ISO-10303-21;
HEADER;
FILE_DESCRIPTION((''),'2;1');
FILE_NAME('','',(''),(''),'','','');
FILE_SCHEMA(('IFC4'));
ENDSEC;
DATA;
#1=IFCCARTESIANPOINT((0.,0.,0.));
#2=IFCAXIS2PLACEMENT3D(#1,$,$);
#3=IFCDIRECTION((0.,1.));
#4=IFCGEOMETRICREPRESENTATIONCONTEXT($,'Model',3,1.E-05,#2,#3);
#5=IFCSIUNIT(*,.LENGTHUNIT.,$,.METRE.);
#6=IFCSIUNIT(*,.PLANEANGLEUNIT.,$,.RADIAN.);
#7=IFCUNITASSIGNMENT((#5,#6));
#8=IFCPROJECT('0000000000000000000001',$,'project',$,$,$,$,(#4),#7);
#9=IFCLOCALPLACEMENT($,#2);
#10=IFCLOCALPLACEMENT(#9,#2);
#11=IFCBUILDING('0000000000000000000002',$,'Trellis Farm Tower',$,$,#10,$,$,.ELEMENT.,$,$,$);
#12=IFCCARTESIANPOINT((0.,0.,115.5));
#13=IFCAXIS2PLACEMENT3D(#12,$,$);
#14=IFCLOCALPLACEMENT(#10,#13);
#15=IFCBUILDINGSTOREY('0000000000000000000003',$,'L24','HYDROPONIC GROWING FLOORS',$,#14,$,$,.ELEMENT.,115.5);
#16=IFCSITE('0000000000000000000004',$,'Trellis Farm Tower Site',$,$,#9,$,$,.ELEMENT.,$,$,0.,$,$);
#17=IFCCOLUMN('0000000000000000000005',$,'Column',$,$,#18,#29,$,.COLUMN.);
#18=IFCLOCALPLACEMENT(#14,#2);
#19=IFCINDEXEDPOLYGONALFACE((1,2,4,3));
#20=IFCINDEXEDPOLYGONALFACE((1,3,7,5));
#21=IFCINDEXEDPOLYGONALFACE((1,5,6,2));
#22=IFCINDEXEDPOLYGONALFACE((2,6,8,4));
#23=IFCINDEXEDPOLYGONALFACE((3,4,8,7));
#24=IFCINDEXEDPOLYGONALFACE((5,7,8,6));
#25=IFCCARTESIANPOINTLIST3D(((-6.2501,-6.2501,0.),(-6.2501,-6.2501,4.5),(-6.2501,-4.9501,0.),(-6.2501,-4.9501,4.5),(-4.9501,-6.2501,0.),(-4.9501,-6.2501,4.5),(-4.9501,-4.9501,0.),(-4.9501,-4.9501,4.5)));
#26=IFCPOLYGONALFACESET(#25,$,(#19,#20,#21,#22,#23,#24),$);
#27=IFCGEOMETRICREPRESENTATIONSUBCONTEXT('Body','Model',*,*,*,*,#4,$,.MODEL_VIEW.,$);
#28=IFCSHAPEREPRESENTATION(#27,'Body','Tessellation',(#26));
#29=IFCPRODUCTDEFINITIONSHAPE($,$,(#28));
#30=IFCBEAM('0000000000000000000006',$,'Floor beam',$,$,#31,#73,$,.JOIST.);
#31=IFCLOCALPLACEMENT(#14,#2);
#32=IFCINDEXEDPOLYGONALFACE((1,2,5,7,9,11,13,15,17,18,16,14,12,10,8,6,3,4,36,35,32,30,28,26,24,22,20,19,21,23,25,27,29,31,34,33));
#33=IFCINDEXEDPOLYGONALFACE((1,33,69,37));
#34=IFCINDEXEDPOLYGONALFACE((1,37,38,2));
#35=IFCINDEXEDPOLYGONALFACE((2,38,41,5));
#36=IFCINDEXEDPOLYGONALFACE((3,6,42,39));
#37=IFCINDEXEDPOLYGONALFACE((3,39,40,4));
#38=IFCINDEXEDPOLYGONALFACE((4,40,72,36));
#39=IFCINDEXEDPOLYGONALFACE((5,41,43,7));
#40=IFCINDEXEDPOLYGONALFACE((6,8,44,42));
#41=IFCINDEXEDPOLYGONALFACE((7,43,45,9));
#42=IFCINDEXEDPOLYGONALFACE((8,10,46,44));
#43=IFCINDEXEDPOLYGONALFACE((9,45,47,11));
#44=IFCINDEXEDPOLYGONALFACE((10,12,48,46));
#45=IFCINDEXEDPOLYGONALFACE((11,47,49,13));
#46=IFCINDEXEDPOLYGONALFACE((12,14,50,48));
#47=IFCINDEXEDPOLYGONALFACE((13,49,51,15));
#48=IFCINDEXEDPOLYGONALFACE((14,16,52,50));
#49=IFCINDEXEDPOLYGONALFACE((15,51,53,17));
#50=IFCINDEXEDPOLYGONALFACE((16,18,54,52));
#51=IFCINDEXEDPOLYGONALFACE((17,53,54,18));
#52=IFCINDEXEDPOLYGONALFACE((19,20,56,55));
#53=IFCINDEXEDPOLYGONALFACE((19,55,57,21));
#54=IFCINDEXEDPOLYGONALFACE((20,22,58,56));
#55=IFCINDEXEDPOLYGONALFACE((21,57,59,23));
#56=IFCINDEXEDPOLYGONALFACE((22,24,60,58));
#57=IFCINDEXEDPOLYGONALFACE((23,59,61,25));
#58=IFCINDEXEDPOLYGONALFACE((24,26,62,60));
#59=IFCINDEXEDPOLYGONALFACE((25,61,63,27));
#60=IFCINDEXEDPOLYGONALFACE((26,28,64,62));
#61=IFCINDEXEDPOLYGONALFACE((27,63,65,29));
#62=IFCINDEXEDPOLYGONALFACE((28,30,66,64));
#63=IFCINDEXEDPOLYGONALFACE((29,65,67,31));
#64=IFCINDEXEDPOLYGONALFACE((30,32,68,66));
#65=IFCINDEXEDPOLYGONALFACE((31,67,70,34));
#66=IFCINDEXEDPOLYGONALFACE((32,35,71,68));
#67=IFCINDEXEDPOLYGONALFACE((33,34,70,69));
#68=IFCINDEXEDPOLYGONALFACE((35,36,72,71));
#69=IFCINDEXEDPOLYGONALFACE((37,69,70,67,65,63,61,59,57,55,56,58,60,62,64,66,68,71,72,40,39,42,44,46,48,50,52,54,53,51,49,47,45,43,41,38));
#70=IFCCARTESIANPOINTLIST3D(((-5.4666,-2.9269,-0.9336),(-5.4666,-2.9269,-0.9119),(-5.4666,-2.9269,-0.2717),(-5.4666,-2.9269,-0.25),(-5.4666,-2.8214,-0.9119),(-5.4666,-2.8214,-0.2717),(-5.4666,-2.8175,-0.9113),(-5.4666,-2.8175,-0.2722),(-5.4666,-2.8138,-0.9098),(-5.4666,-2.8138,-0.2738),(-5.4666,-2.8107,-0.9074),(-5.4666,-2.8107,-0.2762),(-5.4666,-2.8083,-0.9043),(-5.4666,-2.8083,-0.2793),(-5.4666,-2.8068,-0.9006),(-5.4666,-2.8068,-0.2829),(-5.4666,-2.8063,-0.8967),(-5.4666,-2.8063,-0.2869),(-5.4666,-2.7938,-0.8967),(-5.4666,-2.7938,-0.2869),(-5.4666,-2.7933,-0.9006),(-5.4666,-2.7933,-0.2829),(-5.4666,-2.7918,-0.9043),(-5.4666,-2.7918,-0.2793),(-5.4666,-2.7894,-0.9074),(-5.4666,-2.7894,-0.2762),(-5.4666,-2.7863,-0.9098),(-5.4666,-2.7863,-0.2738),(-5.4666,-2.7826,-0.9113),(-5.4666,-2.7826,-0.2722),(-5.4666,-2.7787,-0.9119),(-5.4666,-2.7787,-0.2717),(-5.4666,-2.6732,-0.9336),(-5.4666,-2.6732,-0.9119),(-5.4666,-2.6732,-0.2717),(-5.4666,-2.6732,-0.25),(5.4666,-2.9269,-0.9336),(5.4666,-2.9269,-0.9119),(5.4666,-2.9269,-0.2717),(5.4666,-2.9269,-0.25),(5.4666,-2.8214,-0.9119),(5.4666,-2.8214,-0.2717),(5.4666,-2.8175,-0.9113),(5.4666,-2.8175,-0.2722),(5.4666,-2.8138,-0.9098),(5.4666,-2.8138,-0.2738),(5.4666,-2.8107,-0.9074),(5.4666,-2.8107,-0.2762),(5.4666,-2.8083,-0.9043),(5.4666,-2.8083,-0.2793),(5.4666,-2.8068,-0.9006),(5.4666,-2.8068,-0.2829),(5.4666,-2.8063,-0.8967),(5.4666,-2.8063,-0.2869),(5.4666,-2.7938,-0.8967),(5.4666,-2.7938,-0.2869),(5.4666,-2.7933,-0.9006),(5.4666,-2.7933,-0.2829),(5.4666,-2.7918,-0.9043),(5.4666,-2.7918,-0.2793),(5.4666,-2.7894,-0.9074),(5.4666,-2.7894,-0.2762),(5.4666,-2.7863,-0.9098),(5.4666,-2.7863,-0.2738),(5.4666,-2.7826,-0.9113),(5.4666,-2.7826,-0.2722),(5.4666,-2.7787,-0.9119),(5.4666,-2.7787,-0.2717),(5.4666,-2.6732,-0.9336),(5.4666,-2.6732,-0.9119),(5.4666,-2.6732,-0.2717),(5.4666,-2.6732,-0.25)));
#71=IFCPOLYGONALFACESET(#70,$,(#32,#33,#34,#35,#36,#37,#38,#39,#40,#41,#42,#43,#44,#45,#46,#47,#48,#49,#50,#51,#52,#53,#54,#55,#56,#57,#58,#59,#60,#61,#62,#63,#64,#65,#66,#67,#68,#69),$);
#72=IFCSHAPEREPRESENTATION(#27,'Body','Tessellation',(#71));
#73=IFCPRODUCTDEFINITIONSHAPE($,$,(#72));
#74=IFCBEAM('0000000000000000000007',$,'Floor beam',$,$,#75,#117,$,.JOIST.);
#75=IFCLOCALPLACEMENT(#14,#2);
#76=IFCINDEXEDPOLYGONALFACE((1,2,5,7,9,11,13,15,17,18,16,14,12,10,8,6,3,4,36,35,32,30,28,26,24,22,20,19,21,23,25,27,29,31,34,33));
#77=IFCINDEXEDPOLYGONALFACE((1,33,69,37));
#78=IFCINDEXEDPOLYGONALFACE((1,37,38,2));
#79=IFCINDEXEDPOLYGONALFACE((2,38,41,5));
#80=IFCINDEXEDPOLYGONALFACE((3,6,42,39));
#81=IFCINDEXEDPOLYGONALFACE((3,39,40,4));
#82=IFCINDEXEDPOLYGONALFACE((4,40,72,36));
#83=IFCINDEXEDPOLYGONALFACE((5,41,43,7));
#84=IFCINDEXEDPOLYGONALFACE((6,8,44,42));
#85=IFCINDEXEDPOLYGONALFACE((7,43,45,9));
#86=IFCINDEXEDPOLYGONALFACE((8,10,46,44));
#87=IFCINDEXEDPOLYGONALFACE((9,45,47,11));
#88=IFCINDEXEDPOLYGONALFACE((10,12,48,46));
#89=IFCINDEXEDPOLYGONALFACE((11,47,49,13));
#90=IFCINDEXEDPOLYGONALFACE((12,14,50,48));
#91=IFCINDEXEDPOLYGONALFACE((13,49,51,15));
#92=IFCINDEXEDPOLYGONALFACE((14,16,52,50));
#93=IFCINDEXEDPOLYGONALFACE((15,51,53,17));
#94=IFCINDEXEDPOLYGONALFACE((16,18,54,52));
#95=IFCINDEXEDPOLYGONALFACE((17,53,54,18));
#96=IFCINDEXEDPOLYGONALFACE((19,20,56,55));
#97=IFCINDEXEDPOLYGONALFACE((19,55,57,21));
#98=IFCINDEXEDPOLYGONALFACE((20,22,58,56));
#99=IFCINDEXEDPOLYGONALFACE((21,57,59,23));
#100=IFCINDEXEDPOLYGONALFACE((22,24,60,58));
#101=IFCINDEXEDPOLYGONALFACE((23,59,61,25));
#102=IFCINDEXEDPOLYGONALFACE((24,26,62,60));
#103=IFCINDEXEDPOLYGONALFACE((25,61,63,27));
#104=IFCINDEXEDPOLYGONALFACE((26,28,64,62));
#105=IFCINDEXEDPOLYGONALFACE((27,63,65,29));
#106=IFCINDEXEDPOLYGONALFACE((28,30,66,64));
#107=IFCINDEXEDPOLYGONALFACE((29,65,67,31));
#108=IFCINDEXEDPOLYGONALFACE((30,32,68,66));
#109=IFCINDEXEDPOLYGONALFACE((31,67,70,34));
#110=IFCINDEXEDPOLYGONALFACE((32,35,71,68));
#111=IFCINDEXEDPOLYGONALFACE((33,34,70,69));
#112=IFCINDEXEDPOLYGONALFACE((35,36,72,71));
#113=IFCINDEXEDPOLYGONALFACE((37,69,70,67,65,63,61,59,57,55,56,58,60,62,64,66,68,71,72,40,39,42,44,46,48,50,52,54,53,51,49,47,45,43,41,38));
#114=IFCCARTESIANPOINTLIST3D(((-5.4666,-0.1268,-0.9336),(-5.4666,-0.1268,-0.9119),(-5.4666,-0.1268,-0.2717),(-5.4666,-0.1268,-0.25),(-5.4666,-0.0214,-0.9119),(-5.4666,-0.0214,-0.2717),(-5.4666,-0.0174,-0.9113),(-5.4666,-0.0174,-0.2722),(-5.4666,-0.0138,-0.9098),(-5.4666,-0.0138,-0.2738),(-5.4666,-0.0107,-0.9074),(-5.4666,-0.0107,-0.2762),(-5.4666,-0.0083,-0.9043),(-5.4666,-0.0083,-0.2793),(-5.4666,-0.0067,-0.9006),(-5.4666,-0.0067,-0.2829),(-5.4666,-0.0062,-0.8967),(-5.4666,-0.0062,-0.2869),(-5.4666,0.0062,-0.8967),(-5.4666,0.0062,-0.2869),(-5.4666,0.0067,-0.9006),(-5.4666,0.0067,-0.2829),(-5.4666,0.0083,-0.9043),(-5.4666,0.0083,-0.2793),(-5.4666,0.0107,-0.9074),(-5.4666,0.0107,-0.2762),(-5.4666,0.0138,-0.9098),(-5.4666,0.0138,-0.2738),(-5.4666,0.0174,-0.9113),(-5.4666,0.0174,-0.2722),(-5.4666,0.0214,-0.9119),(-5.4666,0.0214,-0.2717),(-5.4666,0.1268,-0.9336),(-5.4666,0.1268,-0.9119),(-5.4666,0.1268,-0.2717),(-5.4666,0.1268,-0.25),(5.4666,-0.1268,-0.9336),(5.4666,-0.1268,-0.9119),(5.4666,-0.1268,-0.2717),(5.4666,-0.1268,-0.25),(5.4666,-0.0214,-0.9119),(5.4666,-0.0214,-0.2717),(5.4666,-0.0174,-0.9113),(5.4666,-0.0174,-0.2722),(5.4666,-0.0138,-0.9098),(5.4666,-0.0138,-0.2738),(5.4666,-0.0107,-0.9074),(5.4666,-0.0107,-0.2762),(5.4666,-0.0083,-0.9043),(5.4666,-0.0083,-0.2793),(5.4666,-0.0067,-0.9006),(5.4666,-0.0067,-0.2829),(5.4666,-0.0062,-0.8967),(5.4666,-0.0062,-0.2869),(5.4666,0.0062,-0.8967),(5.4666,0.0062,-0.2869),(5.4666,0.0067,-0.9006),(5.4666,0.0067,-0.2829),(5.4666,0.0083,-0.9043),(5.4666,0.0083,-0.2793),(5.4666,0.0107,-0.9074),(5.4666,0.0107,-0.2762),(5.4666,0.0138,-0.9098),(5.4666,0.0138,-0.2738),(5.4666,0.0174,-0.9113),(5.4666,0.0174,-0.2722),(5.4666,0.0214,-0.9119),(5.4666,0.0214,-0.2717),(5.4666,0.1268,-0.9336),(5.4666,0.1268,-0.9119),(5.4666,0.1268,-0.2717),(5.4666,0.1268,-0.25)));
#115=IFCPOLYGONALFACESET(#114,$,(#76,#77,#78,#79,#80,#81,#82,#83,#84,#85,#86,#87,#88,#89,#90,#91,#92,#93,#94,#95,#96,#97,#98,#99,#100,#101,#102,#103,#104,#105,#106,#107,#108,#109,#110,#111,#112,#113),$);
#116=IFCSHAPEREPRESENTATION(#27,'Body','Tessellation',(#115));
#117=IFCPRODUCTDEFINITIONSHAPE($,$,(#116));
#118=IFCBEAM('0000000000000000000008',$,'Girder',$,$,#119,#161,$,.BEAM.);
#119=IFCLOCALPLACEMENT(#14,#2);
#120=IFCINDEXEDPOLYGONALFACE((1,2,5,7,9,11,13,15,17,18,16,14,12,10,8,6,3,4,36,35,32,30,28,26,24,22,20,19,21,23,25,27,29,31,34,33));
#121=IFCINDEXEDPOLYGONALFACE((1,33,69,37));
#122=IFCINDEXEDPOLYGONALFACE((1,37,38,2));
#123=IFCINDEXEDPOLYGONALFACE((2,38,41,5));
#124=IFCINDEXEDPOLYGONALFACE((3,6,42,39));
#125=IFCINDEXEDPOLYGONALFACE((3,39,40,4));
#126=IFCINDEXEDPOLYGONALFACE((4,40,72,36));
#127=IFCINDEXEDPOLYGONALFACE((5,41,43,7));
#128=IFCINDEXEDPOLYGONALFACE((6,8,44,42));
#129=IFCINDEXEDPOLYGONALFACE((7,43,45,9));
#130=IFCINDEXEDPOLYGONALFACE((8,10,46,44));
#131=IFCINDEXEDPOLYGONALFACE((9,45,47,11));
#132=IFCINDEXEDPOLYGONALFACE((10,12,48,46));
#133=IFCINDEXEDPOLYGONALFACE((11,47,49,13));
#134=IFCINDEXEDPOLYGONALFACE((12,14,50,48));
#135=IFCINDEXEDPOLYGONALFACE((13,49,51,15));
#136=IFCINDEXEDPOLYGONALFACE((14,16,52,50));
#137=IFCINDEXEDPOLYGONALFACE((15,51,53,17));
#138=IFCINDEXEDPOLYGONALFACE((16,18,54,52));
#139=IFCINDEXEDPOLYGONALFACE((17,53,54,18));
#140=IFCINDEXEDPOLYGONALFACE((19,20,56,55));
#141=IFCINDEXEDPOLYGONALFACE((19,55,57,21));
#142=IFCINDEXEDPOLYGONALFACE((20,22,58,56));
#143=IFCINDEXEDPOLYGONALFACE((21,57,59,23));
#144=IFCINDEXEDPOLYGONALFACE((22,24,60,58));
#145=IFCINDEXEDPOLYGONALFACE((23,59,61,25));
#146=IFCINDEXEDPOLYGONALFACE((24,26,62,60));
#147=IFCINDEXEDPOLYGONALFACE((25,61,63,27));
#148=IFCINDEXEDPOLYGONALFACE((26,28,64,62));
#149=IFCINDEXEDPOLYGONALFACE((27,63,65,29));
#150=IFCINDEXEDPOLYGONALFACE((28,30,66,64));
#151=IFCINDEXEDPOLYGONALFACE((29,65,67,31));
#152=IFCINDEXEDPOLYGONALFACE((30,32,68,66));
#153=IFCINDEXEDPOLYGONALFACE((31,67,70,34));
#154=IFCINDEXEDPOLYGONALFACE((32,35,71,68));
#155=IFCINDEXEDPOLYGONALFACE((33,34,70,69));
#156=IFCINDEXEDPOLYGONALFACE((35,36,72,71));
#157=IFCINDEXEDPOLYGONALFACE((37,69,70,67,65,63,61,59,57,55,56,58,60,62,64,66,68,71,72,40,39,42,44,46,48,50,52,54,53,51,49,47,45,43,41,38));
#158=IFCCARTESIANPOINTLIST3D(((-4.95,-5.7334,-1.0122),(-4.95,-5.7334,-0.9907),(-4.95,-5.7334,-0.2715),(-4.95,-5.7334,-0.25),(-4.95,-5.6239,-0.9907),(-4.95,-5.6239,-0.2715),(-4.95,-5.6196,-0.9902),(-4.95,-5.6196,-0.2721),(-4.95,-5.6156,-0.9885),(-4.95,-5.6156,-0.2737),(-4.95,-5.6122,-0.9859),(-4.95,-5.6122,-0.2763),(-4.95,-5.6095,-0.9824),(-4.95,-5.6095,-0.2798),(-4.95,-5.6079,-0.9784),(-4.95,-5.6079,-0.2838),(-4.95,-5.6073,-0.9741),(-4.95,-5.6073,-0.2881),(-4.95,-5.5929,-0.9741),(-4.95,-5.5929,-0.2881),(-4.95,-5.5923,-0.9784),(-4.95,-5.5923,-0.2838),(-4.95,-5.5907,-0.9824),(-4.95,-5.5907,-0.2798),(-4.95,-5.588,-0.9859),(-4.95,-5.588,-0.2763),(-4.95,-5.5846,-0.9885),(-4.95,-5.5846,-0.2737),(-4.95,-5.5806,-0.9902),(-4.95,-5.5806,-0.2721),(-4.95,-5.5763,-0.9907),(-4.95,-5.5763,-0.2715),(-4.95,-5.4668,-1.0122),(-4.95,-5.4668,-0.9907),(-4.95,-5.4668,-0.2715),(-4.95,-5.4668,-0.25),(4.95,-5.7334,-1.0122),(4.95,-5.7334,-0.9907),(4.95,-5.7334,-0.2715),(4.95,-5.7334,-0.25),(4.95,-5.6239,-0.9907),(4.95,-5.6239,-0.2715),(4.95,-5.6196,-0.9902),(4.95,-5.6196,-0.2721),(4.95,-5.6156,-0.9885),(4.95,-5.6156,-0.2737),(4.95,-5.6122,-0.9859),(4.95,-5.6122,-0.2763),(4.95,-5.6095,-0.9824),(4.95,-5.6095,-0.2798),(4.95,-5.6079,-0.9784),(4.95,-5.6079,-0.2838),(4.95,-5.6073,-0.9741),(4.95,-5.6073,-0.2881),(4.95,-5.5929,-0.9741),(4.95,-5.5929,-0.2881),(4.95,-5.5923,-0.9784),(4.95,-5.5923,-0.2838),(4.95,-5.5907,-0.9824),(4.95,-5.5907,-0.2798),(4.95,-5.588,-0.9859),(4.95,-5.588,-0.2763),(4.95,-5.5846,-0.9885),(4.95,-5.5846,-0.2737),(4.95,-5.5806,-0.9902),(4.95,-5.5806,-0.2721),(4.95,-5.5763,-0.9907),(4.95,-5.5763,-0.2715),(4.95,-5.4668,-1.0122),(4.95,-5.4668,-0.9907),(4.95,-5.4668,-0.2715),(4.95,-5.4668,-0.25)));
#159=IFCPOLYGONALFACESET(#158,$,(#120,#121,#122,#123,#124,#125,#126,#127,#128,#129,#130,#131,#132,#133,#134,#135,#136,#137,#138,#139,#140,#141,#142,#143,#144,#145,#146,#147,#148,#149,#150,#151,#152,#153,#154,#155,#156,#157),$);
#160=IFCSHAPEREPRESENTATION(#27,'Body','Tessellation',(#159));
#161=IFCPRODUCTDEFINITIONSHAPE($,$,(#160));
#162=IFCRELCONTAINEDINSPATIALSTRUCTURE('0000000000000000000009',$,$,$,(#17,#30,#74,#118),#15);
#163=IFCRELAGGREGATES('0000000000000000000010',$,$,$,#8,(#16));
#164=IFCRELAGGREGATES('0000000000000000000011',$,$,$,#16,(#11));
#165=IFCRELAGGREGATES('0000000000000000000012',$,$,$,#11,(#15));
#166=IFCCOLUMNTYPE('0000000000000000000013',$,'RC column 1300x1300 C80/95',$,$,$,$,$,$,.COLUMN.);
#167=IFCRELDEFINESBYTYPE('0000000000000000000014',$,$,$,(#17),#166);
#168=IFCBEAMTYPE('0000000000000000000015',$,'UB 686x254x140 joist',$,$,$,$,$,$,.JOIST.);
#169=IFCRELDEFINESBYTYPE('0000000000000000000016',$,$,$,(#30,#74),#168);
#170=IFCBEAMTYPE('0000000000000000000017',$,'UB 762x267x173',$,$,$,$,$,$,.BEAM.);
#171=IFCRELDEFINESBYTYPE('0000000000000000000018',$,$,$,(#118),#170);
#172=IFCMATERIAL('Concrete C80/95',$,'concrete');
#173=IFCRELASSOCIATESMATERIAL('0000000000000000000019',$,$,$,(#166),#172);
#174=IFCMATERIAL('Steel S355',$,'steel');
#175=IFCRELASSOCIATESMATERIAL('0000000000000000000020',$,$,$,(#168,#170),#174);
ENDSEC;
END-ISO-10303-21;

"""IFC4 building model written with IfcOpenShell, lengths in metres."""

from ifc_helpers import new_model, si_unit, direction, frame, origin, origin_2d, place, context, subcontext, project, spatial, rectangle, i_section, extrude, source, transform, mapped, material, material_profile, profile_set, type_object, element, save


model = new_model("IFC4")

# Units and contexts
model_context = context("Model", 3, precision=1e-05, world=origin(), true_north=direction((0.0, 1.0)))
body_context = subcontext(model_context, "Body", "Model", "MODEL_VIEW")
ifc_project = project(units=[si_unit("LENGTHUNIT", "METRE"), si_unit("PLANEANGLEUNIT", "RADIAN")], contexts=[model_context])

# Site, building, storey
site_placement = place(None, origin())
site = spatial("IfcSite", under=ifc_project, at=site_placement, Name="Trellis Farm Tower Site", CompositionType="ELEMENT", RefElevation=0.0)
building_placement = place(site_placement, origin())
building = spatial("IfcBuilding", under=site, at=building_placement, Name="Trellis Farm Tower", CompositionType="ELEMENT")
storey_placement = place(building_placement, frame((0.0, 0.0, 115.5)))
storey = spatial("IfcBuildingStorey", under=building, at=storey_placement, Name="L24", Description="HYDROPONIC GROWING FLOORS", CompositionType="ELEMENT", Elevation=115.5)

# Column
ifc_material_1 = material(Name="Concrete C80/95", Category="concrete")
ifc_material_profile_1 = material_profile(ifc_material_1, rectangle(XDim=1.3, YDim=1.3, at=origin_2d()), Name="RC column 1300x1300 C80/95")
ifc_profile_set_1 = profile_set([ifc_material_profile_1], Name="Concrete C80/95")
column_type = type_object("IfcColumnType", Name="RC column 1300x1300 C80/95", PredefinedType="COLUMN", material=ifc_profile_set_1)
shared_shape_1 = source(origin(), body_context, "Body", "SweptSolid", [
    extrude(rectangle(XDim=1.3, YDim=1.3, at=origin_2d()), origin(), (0.0, 0.0, 1.0), 4.5),
])
column_placement = place(storey_placement, frame((-5.6001, -5.6001, 0.0), z_axis=(0.0, 0.0, 1.0), x_axis=(1.0, 0.0, 0.0)))
element("IfcColumn", 1, at=column_placement, inside=storey, type_object=column_type, Name="Column", PredefinedType="COLUMN", context=body_context, shape_type="MappedRepresentation", body=[
    mapped(shared_shape_1, transform((0.0, 0.0, 0.0))),
])

# Beams
ifc_material_2 = material(Name="Steel S355", Category="steel")
ifc_material_profile_2 = material_profile(ifc_material_2, i_section(OverallWidth=0.2537, OverallDepth=0.6836, WebThickness=0.0125, FlangeThickness=0.0217, FilletRadius=0.0151, at=origin_2d()), Name="UB 686x254x140")
ifc_profile_set_2 = profile_set([ifc_material_profile_2], Name="Steel S355")
beam_type_1 = type_object("IfcBeamType", Name="UB 686x254x140 joist", PredefinedType="JOIST", material=ifc_profile_set_2)
shared_shape_2 = source(origin(), body_context, "Body", "SweptSolid", [
    extrude(i_section(OverallWidth=0.2537, OverallDepth=0.6836, WebThickness=0.0125, FlangeThickness=0.0217, FilletRadius=0.0151, at=origin_2d()), origin(), (0.0, 0.0, 1.0), 10.9331),
])
for number, where, z_axis, x_axis, name in (
    (2, (-5.4666, -2.8, -0.5918), (1.0, 0.0, 0.0), (0.0, 1.0, 0.0), "Floor beam"),
    (3, (-5.4666, 0.0, -0.5918), (1.0, 0.0, 0.0), (0.0, 1.0, 0.0), "Floor beam"),
):
    element("IfcBeam", number, at=place(storey_placement, frame(where, z_axis=z_axis, x_axis=x_axis)), inside=storey, type_object=beam_type_1, Name=name, PredefinedType="JOIST", context=body_context, shape_type="MappedRepresentation", body=[
        mapped(shared_shape_2, transform((0.0, 0.0, 0.0))),
    ])
ifc_material_profile_3 = material_profile(ifc_material_2, i_section(OverallWidth=0.2666, OverallDepth=0.7622, WebThickness=0.0144, FlangeThickness=0.0215, FilletRadius=0.0166, at=origin_2d()), Name="UB 762x267x173")
ifc_profile_set_3 = profile_set([ifc_material_profile_3], Name="Steel S355")
beam_type_2 = type_object("IfcBeamType", Name="UB 762x267x173", PredefinedType="BEAM", material=ifc_profile_set_3)
shared_shape_3 = source(origin(), body_context, "Body", "SweptSolid", [
    extrude(i_section(OverallWidth=0.2666, OverallDepth=0.7622, WebThickness=0.0144, FlangeThickness=0.0215, FilletRadius=0.0166, at=origin_2d()), origin(), (0.0, 0.0, 1.0), 9.8999),
])
for number, where, z_axis, x_axis, name in (
    (4, (-4.95, -5.6001, -0.6311), (1.0, 0.0, 0.0), (0.0, 1.0, 0.0), "Girder"),
):
    element("IfcBeam", number, at=place(storey_placement, frame(where, z_axis=z_axis, x_axis=x_axis)), inside=storey, type_object=beam_type_2, Name=name, PredefinedType="BEAM", context=body_context, shape_type="MappedRepresentation", body=[
        mapped(shared_shape_3, transform((0.0, 0.0, 0.0))),
    ])

save(model, "model.ifc")
